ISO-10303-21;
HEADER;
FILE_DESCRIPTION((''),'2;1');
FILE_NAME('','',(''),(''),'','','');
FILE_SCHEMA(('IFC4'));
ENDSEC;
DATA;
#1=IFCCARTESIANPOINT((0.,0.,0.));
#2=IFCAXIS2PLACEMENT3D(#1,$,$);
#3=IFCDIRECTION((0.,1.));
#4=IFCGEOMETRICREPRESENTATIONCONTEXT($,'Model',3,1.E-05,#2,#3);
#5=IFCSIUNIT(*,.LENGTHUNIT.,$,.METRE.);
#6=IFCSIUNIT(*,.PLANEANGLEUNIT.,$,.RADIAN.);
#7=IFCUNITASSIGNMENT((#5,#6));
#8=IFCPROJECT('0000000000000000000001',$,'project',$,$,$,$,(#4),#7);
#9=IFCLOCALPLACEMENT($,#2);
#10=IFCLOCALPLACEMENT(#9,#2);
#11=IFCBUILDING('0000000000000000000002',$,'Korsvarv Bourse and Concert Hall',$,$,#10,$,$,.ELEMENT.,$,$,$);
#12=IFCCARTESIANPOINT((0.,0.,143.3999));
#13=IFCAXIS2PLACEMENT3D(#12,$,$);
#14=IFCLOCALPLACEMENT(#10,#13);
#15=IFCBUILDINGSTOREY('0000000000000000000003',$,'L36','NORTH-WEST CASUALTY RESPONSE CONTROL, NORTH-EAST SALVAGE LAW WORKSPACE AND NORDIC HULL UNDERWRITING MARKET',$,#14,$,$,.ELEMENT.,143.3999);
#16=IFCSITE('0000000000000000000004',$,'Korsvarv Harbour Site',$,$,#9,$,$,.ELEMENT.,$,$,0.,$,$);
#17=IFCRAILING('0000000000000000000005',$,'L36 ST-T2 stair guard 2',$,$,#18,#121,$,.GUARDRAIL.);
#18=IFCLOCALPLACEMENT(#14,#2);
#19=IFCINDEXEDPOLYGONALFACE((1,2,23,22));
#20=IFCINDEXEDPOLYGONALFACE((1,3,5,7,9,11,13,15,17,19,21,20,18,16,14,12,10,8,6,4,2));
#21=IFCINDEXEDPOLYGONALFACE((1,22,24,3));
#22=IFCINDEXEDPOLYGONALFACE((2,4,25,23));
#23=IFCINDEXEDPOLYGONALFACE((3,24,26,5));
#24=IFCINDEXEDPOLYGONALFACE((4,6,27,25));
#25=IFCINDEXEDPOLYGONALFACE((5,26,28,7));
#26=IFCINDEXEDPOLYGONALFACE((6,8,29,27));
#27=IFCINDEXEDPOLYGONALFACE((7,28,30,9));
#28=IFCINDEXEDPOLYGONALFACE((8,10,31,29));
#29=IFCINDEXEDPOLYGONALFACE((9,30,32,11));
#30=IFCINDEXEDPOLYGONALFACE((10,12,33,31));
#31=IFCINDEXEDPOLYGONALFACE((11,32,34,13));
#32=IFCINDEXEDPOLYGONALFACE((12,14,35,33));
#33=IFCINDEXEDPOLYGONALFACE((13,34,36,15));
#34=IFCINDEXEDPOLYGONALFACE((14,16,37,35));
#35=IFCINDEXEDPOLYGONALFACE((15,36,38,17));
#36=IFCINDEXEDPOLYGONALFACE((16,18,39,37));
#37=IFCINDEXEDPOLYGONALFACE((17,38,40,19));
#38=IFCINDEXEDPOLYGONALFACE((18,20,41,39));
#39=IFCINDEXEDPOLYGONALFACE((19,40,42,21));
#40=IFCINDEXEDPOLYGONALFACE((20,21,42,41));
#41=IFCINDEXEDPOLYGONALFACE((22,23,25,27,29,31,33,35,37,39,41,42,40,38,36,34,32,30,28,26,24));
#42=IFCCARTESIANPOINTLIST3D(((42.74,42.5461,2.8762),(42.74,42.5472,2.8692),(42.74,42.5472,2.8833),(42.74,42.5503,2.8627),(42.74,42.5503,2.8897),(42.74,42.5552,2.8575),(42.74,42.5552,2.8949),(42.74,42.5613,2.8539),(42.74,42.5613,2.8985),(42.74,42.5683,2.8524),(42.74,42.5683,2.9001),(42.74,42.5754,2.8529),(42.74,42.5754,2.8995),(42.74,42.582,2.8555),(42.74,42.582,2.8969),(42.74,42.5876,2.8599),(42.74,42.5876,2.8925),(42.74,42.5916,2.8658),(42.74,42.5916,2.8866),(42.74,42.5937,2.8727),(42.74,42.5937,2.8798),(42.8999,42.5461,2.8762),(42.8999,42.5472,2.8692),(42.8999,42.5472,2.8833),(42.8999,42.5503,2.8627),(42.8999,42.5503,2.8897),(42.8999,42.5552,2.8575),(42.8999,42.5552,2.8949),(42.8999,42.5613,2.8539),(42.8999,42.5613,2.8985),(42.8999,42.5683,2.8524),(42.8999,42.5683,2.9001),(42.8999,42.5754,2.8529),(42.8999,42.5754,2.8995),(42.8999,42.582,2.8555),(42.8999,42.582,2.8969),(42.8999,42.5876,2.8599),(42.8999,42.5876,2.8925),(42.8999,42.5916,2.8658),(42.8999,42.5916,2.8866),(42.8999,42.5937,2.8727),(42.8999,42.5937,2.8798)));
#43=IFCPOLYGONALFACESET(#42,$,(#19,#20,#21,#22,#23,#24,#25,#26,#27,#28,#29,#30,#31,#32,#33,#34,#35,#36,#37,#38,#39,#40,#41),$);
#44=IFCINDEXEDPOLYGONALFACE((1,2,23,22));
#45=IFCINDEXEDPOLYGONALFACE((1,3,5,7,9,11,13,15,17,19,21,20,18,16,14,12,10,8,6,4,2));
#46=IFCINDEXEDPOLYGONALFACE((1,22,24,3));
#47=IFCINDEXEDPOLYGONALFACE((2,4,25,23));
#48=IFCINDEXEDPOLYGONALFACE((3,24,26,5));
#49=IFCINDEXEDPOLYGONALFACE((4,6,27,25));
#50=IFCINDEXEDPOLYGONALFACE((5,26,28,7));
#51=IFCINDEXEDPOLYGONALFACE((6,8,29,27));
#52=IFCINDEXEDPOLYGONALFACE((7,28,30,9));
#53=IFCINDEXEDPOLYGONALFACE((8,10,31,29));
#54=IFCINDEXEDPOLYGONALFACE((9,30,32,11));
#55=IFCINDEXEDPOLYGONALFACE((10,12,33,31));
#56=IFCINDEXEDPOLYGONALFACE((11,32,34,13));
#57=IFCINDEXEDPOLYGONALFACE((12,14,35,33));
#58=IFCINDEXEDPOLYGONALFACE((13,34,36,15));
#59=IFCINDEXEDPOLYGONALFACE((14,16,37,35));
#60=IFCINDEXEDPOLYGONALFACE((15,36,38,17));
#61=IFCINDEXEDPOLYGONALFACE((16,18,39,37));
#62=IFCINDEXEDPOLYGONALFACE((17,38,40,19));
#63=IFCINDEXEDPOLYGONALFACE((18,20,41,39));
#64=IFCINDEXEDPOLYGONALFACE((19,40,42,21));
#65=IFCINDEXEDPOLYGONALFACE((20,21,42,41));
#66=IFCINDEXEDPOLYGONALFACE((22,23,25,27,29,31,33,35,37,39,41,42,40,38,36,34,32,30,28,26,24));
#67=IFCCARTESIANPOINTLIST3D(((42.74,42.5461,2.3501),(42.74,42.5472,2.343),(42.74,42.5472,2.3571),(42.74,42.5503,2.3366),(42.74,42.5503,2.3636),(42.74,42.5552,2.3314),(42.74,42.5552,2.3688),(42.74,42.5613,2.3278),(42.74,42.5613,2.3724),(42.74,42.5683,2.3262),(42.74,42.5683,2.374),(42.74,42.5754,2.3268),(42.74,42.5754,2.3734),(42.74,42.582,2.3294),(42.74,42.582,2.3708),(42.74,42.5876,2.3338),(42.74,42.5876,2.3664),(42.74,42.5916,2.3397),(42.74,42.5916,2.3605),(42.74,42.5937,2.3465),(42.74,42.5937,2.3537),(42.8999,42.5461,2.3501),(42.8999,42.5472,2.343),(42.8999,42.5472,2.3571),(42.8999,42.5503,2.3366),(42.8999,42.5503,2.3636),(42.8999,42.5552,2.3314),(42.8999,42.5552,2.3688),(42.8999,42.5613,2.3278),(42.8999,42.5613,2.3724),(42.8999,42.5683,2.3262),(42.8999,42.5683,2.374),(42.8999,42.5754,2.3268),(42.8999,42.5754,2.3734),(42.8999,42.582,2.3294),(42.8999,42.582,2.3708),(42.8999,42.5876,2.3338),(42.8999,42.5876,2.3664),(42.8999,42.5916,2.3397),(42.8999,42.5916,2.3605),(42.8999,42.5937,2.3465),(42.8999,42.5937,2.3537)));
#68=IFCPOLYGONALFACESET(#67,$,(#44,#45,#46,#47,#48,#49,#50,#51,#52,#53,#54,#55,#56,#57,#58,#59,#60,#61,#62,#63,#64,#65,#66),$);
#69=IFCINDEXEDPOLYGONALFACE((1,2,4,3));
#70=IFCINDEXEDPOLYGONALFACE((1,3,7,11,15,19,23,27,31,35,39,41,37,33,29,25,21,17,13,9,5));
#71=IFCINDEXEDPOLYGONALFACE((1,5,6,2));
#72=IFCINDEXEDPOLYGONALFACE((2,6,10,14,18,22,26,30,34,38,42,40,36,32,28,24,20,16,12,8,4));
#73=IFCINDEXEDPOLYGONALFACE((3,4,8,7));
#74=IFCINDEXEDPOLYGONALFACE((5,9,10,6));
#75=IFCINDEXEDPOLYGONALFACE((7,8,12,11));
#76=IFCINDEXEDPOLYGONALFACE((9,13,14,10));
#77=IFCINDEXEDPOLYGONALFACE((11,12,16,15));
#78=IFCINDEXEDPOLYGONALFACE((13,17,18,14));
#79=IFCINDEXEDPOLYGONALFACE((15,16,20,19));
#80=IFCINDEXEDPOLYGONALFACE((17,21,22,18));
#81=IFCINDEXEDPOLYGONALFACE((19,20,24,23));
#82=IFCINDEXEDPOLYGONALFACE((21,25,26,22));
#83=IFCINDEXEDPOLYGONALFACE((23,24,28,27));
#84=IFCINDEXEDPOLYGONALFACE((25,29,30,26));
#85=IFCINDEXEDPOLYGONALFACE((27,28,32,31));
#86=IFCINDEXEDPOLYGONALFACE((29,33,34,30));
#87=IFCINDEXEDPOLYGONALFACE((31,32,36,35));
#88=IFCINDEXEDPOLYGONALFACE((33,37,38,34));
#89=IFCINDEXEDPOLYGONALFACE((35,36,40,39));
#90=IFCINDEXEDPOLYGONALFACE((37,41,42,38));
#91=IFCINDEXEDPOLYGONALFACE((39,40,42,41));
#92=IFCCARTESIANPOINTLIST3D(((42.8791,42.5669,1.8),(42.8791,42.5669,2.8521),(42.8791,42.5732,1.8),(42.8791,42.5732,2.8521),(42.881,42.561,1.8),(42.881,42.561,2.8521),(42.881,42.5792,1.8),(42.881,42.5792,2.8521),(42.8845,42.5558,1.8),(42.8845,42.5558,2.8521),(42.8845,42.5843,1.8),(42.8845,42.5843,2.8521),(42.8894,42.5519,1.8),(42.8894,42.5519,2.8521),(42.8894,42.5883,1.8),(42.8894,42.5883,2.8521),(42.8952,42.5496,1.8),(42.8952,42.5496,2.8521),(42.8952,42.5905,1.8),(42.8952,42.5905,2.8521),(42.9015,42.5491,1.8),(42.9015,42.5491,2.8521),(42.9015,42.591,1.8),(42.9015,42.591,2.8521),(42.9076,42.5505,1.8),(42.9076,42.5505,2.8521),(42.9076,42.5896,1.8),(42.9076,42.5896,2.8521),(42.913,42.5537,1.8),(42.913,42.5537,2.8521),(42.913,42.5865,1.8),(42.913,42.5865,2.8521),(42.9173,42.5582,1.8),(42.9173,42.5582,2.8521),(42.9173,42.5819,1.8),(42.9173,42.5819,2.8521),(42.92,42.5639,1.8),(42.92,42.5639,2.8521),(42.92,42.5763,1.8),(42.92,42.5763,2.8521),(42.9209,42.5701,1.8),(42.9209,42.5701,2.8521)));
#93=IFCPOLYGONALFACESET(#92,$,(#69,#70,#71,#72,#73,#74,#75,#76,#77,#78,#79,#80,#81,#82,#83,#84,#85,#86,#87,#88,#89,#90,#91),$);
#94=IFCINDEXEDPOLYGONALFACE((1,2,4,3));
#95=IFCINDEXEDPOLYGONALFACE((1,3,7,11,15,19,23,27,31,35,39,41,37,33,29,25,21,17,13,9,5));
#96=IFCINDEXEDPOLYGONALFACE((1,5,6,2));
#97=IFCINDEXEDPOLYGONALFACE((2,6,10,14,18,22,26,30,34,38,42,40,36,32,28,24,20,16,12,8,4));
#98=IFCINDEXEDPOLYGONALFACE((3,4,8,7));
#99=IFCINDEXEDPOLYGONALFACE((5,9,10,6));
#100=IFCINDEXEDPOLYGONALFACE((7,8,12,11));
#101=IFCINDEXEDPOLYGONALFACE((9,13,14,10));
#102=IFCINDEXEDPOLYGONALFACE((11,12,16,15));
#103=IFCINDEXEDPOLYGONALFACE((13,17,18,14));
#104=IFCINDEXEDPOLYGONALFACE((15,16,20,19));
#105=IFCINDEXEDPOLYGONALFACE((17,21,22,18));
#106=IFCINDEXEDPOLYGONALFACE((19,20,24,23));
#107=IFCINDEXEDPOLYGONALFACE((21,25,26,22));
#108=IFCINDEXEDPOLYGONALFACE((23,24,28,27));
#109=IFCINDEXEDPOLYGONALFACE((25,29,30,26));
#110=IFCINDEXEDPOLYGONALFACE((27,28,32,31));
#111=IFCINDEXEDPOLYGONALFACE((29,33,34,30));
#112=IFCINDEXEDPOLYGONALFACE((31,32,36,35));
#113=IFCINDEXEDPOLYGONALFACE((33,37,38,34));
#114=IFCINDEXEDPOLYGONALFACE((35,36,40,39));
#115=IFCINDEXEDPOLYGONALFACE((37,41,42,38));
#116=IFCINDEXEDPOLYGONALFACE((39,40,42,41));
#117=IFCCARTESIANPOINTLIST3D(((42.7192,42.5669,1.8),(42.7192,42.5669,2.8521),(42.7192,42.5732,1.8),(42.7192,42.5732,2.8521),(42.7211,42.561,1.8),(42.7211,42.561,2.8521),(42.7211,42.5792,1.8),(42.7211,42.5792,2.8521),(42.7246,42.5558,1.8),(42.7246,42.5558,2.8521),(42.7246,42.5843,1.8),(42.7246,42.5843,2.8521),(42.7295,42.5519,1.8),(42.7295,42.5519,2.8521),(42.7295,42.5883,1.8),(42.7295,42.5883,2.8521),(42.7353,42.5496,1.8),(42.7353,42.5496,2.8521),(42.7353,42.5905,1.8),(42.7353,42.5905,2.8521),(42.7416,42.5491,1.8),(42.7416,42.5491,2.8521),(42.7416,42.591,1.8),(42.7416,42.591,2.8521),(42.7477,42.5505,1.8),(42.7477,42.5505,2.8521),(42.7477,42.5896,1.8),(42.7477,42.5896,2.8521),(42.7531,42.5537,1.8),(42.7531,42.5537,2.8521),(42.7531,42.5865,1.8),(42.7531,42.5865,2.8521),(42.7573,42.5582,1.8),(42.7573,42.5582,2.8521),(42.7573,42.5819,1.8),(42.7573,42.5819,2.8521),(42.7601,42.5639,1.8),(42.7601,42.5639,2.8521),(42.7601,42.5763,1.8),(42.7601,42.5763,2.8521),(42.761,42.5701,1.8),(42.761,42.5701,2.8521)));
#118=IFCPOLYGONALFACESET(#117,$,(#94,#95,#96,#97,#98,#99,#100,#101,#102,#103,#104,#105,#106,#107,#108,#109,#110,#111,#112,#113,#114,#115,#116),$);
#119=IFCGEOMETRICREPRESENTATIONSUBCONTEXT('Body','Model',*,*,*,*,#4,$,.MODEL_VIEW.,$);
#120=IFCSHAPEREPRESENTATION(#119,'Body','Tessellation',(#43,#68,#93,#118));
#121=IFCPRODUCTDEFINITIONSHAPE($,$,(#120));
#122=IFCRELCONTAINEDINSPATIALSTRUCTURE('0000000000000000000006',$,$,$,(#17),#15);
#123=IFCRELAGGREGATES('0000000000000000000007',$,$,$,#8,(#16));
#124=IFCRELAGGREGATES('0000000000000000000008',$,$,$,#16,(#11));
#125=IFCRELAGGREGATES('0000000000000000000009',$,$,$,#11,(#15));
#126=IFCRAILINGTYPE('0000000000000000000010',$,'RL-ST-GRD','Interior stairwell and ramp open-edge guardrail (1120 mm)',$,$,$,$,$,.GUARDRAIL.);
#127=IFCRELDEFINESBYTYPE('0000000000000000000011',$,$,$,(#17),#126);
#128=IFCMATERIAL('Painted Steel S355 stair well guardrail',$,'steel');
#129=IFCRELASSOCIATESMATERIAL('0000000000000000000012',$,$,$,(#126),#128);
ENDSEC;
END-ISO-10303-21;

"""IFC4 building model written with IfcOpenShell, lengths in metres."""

from ifc_helpers import new_model, si_unit, direction, frame, origin, origin_2d, place, context, subcontext, project, spatial, circle, extrude, material, type_object, element, save


model = new_model("IFC4")

# Units and contexts
model_context = context("Model", 3, precision=1e-05, world=origin(), true_north=direction((0.0, 1.0)))
body_context = subcontext(model_context, "Body", "Model", "MODEL_VIEW")
ifc_project = project(units=[si_unit("LENGTHUNIT", "METRE"), si_unit("PLANEANGLEUNIT", "RADIAN")], contexts=[model_context])

# Site, building, storey
site_placement = place(None, origin())
site = spatial("IfcSite", under=ifc_project, at=site_placement, Name="Korsvarv Harbour Site", CompositionType="ELEMENT", RefElevation=0.0)
building_placement = place(site_placement, origin())
building = spatial("IfcBuilding", under=site, at=building_placement, Name="Korsvarv Bourse and Concert Hall", CompositionType="ELEMENT")
storey_placement = place(building_placement, frame((0.0, 0.0, 143.3999)))
storey = spatial("IfcBuildingStorey", under=building, at=storey_placement, Name="L36", Description="NORTH-WEST CASUALTY RESPONSE CONTROL, NORTH-EAST SALVAGE LAW WORKSPACE AND NORDIC HULL UNDERWRITING MARKET", CompositionType="ELEMENT", Elevation=143.3999)

# Railing
ifc_material_1 = material(Name="Painted Steel S355 stair well guardrail", Category="steel")
railing_type_1 = type_object("IfcRailingType", Name="RL-ST-GRD", Description="Interior stairwell and ramp open-edge guardrail (1120 mm)", PredefinedType="GUARDRAIL", material=ifc_material_1)
railing_1_placement = place(storey_placement, frame((42.8999, 42.5701, 1.8)))
element("IfcRailing", 1, at=railing_1_placement, inside=storey, type_object=railing_type_1, Name="L36 ST-T2 stair guard 2", PredefinedType="GUARDRAIL", context=body_context, shape_type="SweptSolid", body=[
    extrude(circle(Radius=0.0239, at=origin_2d()), frame((0.0, 0.0, 1.0762), z_axis=(-1.0, 0.0, 0.0), x_axis=(0.0, -1.0, 0.0)), (0.0, 0.0, 1.0), 0.1599),
    extrude(circle(Radius=0.0239, at=origin_2d()), frame((0.0, 0.0, 0.55), z_axis=(-1.0, 0.0, 0.0), x_axis=(0.0, -1.0, 0.0)), (0.0, 0.0, 1.0), 0.1599),
    extrude(circle(Radius=0.021, at=origin_2d()), origin(), (0.0, 0.0, 1.0), 1.052),
    extrude(circle(Radius=0.021, at=origin_2d()), frame((-0.1599, 0.0, 0.0)), (0.0, 0.0, 1.0), 1.052),
])

save(model, "model.ifc")
